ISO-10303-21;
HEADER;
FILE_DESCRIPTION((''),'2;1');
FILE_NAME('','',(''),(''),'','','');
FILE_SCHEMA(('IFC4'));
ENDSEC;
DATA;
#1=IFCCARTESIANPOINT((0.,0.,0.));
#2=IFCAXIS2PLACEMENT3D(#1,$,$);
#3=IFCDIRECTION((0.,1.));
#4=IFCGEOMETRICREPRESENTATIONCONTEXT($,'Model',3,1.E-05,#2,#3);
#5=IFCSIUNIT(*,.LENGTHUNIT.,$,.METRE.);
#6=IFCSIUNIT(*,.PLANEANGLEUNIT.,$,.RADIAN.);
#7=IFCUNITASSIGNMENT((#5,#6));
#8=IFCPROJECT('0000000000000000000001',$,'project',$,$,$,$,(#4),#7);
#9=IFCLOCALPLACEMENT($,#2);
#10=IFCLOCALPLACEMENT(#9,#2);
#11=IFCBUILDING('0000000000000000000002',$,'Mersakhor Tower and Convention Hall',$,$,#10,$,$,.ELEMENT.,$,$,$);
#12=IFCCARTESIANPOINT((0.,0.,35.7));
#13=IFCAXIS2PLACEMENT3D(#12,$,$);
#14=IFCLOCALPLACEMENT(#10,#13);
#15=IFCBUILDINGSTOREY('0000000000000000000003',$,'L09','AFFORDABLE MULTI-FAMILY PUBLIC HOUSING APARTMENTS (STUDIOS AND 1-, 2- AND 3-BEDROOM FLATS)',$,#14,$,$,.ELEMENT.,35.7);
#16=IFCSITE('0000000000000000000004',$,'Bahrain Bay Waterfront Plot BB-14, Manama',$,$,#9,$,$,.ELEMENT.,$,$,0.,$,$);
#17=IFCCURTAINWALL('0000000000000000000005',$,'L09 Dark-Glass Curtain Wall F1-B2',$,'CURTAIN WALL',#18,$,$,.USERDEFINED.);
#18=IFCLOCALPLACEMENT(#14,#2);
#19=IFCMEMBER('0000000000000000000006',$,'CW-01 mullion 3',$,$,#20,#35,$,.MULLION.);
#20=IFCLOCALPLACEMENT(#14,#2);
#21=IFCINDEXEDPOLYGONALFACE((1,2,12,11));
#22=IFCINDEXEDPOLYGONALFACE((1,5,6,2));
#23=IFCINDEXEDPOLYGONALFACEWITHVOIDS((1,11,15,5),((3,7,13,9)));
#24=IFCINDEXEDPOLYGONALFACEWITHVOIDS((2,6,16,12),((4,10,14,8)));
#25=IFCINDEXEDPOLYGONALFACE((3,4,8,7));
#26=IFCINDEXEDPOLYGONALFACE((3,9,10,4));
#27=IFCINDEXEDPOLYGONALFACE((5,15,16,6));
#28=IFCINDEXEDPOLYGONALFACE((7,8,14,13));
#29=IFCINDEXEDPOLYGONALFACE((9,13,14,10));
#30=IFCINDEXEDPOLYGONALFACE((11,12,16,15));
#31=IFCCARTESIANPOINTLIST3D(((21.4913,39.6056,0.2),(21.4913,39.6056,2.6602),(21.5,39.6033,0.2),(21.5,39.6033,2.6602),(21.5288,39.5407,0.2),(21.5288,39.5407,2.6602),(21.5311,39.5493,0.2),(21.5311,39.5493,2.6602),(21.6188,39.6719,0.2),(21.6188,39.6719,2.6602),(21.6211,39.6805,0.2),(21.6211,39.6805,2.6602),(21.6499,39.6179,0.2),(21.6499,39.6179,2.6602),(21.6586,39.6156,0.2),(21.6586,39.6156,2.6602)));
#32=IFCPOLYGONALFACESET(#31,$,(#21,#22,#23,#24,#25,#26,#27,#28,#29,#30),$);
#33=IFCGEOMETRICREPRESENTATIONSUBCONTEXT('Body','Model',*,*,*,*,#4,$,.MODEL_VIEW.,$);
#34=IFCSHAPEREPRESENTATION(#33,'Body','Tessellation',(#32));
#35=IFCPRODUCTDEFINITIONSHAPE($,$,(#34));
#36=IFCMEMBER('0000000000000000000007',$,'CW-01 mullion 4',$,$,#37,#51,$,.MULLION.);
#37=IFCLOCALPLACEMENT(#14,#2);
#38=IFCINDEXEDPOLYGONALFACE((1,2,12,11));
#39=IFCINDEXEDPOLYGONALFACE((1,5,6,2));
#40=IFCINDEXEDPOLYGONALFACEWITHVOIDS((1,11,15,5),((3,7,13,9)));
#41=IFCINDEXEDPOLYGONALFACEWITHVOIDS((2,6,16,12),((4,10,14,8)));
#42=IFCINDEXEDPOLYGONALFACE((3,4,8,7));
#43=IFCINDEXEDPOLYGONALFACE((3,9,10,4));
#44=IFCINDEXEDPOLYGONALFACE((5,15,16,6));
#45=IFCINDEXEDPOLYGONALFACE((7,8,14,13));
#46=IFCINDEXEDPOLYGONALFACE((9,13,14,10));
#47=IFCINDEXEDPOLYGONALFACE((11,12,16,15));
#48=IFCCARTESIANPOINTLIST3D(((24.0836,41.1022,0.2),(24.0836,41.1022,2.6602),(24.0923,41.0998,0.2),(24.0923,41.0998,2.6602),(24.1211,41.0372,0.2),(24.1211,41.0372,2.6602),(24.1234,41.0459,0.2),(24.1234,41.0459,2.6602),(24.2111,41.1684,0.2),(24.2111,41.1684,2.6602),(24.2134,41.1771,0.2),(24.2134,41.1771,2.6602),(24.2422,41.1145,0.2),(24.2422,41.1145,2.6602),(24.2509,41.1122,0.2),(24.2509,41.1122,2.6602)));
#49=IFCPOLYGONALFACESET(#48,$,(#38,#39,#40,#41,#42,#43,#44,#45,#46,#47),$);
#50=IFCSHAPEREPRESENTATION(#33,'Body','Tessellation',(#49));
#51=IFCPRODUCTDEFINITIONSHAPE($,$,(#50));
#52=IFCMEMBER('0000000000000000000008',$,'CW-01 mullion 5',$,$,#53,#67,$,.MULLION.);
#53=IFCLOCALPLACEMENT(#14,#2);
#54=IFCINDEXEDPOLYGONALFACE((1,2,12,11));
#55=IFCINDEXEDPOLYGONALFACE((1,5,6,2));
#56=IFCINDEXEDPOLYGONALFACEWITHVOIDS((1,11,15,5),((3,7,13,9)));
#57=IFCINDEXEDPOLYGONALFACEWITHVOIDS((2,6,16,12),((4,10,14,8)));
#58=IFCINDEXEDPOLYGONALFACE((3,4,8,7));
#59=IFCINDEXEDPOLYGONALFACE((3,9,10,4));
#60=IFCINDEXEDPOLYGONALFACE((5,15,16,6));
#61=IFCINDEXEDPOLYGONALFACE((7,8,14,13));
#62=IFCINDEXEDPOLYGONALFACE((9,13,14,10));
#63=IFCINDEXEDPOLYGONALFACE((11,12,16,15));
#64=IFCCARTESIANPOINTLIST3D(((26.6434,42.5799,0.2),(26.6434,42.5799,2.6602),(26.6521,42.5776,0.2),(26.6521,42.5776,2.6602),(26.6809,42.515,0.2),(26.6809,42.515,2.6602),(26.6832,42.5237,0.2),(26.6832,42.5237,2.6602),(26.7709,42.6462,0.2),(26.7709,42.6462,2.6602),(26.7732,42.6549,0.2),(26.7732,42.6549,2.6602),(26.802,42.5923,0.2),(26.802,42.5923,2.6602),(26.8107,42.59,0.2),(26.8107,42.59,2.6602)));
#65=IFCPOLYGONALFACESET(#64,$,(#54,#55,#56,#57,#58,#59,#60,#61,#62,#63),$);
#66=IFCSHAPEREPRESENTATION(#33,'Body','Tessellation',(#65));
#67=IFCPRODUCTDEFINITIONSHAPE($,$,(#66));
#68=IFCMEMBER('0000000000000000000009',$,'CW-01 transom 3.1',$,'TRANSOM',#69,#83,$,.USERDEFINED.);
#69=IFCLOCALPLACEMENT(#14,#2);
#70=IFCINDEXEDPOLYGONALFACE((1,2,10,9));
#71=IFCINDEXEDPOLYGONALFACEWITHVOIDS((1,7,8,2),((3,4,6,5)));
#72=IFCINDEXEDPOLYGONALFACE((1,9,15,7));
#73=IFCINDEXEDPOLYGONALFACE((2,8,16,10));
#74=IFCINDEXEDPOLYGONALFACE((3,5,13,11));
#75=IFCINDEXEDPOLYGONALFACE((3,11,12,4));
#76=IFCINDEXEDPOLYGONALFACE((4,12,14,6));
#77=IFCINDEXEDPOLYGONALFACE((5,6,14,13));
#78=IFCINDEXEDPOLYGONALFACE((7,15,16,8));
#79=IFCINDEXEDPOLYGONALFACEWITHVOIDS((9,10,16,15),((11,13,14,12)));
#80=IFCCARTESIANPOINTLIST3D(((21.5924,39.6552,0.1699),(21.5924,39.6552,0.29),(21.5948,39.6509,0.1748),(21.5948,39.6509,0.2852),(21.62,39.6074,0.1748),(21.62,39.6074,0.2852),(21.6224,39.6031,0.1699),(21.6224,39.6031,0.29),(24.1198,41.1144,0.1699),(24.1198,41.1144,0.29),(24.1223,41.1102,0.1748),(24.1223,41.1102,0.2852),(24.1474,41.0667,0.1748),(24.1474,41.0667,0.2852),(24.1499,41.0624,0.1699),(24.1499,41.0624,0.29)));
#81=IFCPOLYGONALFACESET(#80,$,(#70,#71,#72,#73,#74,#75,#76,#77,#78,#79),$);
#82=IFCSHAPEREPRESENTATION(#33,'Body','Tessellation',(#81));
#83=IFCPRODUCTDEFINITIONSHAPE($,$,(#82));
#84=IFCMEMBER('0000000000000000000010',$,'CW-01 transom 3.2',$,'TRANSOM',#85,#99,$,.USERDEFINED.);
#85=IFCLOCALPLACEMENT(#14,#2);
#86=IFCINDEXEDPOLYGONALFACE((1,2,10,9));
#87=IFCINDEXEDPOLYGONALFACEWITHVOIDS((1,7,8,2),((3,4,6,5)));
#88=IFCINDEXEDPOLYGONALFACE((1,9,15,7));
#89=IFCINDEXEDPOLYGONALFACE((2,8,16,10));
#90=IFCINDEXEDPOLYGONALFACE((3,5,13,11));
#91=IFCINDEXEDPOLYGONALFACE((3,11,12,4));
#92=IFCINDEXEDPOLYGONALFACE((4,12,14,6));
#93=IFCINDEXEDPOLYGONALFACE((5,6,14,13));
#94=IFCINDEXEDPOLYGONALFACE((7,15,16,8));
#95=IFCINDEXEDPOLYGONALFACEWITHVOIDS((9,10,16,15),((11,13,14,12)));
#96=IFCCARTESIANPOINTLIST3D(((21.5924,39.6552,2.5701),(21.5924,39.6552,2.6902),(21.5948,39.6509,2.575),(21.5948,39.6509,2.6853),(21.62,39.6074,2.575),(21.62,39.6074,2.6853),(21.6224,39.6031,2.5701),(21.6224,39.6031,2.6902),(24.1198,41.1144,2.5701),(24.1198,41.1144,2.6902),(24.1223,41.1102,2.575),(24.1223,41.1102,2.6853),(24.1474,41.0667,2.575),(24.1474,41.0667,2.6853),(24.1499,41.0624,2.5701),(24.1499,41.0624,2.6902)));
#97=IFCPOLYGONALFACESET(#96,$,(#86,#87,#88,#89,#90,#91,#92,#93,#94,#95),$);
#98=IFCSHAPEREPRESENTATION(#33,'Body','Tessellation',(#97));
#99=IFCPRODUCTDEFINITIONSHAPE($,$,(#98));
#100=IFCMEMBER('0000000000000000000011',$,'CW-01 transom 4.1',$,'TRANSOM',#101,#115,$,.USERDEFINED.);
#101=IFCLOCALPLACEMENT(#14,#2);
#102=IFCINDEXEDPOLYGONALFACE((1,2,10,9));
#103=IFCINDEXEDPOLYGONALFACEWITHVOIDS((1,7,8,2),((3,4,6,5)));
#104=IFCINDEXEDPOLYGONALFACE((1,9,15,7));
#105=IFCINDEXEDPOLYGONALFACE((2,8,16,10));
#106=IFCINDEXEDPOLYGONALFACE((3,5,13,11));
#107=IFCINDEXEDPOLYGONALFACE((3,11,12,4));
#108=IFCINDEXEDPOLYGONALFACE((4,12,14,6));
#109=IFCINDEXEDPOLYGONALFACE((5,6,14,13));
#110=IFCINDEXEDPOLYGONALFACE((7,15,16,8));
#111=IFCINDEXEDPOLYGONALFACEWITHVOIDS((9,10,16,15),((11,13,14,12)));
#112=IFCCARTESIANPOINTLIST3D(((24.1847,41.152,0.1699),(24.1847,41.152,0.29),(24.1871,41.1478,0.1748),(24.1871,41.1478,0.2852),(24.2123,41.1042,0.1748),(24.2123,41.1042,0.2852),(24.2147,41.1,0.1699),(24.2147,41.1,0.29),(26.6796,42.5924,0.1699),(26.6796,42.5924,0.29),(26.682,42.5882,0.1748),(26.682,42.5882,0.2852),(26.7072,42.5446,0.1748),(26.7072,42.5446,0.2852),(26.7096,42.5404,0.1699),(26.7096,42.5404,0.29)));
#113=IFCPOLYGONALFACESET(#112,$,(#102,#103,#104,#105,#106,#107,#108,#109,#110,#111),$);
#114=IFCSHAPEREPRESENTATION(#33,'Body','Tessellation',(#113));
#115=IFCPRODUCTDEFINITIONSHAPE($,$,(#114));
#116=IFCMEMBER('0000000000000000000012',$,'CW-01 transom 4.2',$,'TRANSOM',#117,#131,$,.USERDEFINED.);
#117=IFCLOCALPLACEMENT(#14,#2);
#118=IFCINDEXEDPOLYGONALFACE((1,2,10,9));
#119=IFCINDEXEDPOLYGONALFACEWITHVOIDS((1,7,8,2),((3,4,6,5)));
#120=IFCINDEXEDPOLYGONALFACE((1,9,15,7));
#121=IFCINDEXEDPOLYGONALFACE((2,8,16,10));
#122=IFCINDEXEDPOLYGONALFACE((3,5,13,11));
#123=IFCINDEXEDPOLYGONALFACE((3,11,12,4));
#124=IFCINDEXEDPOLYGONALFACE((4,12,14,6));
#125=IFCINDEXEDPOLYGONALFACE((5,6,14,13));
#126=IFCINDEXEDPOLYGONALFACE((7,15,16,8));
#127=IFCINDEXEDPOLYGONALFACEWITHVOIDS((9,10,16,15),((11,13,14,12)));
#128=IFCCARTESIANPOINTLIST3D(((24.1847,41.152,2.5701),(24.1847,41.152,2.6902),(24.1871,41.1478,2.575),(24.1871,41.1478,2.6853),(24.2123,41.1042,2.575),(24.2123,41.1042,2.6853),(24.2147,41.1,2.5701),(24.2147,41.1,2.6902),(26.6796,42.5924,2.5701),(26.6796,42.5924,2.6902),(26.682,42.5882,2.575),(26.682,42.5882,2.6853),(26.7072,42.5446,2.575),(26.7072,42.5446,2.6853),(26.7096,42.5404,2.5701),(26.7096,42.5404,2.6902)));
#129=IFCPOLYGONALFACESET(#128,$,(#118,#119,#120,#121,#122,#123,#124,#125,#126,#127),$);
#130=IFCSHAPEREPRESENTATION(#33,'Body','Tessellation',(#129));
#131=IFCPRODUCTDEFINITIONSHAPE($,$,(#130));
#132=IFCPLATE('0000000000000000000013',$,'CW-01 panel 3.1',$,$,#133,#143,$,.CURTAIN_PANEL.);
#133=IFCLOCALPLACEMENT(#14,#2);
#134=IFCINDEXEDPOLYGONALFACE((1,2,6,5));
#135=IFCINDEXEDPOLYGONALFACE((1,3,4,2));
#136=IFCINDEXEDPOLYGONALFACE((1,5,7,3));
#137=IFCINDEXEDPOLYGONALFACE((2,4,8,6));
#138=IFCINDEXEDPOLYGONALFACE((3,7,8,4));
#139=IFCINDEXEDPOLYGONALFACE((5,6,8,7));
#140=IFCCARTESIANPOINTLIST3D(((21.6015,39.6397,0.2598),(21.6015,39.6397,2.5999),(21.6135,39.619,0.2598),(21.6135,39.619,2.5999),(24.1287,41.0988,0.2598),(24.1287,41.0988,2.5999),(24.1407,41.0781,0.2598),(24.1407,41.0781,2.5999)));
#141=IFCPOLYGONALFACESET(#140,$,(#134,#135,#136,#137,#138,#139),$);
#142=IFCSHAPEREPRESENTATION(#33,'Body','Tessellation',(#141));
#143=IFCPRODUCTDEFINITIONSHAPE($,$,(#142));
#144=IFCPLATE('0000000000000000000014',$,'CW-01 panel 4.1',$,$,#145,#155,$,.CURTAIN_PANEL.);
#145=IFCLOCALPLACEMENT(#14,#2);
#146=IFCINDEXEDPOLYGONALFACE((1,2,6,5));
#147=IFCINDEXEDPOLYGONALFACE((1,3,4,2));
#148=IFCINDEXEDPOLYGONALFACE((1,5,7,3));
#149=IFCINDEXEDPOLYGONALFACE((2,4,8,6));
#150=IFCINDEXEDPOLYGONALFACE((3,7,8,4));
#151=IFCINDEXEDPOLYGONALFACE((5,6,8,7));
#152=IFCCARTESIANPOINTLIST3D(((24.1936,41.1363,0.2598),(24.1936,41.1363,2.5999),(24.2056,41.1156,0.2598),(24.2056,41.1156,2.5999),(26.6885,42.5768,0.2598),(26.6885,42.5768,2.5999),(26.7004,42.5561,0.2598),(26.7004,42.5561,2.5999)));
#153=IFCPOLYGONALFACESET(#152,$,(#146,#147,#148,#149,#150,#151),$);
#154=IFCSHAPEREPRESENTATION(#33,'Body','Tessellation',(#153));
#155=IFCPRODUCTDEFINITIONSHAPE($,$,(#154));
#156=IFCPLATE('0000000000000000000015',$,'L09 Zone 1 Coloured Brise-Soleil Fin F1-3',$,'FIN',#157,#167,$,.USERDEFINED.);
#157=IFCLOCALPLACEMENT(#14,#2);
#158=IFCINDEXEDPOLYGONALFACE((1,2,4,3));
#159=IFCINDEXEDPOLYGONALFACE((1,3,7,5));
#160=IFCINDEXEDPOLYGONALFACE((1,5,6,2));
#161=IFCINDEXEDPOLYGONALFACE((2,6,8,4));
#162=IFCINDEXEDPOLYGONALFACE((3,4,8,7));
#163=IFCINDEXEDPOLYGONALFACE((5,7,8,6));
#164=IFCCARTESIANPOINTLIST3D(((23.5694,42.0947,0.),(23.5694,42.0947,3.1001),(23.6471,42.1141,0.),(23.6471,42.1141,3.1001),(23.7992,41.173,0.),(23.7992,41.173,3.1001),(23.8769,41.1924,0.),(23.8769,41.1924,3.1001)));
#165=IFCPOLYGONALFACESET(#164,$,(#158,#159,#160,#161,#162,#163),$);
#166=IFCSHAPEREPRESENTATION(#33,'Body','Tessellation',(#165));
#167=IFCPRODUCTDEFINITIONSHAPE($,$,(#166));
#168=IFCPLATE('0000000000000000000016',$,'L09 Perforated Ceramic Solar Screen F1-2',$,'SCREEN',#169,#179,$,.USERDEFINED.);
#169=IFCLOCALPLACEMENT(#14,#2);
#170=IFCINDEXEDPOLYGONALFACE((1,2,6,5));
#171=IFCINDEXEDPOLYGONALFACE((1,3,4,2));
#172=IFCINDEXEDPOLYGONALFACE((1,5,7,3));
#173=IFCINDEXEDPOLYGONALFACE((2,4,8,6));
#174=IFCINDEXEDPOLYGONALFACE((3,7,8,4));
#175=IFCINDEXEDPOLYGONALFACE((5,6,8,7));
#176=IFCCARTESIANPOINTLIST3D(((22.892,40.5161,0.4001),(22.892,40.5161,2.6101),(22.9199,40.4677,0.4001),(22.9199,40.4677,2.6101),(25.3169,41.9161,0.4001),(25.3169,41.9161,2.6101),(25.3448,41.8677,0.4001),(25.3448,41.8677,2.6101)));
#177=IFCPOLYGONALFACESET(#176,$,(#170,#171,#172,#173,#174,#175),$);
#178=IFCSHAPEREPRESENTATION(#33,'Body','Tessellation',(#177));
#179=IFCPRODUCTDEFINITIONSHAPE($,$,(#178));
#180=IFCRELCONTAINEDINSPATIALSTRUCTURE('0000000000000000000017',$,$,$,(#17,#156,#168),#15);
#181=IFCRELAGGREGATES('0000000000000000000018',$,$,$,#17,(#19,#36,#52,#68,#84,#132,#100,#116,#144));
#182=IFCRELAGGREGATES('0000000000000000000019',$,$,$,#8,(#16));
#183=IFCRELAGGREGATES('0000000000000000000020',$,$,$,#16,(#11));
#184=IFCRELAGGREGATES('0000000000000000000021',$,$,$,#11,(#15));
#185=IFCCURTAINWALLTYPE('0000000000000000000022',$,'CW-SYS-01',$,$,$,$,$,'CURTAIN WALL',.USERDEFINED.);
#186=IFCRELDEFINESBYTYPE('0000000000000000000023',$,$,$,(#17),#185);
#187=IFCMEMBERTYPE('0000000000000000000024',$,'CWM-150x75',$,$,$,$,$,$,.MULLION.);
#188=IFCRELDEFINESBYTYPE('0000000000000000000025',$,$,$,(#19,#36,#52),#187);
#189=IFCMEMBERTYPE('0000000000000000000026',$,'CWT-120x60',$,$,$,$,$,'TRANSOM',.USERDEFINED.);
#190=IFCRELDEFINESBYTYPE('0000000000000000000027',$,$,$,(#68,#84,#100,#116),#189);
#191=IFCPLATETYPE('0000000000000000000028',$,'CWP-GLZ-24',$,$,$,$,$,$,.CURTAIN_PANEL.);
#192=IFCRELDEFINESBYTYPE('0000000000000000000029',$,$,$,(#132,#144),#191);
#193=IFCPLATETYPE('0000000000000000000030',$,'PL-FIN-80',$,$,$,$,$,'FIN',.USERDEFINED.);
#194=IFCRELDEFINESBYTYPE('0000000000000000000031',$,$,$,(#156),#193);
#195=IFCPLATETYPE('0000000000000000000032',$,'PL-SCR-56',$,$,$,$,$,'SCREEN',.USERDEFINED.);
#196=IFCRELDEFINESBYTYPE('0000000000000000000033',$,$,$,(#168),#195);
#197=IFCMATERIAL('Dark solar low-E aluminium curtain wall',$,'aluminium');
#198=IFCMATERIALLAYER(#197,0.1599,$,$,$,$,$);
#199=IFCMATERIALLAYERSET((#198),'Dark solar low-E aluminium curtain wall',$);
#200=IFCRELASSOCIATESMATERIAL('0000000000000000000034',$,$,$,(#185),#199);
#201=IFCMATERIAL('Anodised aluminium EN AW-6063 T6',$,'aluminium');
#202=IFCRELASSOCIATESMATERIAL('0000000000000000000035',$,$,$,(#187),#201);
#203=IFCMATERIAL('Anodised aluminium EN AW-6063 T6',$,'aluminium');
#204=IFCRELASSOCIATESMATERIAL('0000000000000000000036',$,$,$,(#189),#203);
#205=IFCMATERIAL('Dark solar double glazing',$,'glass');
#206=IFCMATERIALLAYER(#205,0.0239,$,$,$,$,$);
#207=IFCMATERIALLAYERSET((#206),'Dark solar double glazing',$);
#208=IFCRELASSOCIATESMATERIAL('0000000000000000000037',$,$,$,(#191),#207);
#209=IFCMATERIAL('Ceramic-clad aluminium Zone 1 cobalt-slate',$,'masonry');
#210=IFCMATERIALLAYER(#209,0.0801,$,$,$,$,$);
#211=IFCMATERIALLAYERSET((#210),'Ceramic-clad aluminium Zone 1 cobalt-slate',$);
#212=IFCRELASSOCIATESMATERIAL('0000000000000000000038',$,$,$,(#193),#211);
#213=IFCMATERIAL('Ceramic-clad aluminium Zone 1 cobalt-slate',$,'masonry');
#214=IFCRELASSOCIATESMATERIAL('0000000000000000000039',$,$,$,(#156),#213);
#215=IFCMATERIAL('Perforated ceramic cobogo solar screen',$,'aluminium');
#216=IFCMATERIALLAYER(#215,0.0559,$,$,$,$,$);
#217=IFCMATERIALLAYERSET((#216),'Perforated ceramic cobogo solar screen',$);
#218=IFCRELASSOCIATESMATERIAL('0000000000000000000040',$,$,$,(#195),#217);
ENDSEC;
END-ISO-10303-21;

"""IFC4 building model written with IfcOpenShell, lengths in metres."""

from ifc_helpers import new_model, si_unit, direction, frame, origin, origin_2d, place, context, subcontext, project, spatial, rectangle, hollow_rectangle, extrude, material, layer, layer_set, material_profile, profile_set, type_object, element, aggregate, save


model = new_model("IFC4")

# Units and contexts
model_context = context("Model", 3, precision=1e-05, world=origin(), true_north=direction((0.0, 1.0)))
body_context = subcontext(model_context, "Body", "Model", "MODEL_VIEW")
ifc_project = project(units=[si_unit("LENGTHUNIT", "METRE"), si_unit("PLANEANGLEUNIT", "RADIAN")], contexts=[model_context])

# Site, building, storey
site_placement = place(None, origin())
site = spatial("IfcSite", under=ifc_project, at=site_placement, Name="Bahrain Bay Waterfront Plot BB-14, Manama", CompositionType="ELEMENT", RefElevation=0.0)
building_placement = place(site_placement, origin())
building = spatial("IfcBuilding", under=site, at=building_placement, Name="Mersakhor Tower and Convention Hall", CompositionType="ELEMENT")
storey_placement = place(building_placement, frame((0.0, 0.0, 35.7)))
storey = spatial("IfcBuildingStorey", under=building, at=storey_placement, Name="L09", Description="AFFORDABLE MULTI-FAMILY PUBLIC HOUSING APARTMENTS (STUDIOS AND 1-, 2- AND 3-BEDROOM FLATS)", CompositionType="ELEMENT", Elevation=35.7)

# Curtain wall, members, plates
ifc_material_1 = material(Name="Dark solar low-E aluminium curtain wall", Category="aluminium")
ifc_layer_1 = layer(ifc_material_1, 0.1599)
ifc_layer_set_1 = layer_set([ifc_layer_1], Name="Dark solar low-E aluminium curtain wall")
curtain_wall_type = type_object("IfcCurtainWallType", Name="CW-SYS-01", ElementType="CURTAIN WALL", PredefinedType="USERDEFINED", material=ifc_layer_set_1)
curtain_wall_placement = place(storey_placement, origin())
curtain_wall = element("IfcCurtainWall", 1, at=curtain_wall_placement, inside=storey, type_object=curtain_wall_type, Name="L09 Dark-Glass Curtain Wall F1-B2", ObjectType="CURTAIN WALL", PredefinedType="USERDEFINED")
ifc_material_2 = material(Name="Anodised aluminium EN AW-6063 T6", Category="aluminium")
ifc_material_profile_1 = material_profile(ifc_material_2, hollow_rectangle(XDim=0.075, YDim=0.1499, WallThickness=0.0063, at=origin_2d()), Name="RHS 150x75x6.3")
ifc_profile_set_1 = profile_set([ifc_material_profile_1], Name="Anodised aluminium EN AW-6063 T6")
member_type_1 = type_object("IfcMemberType", Name="CWM-150x75", PredefinedType="MULLION", material=ifc_profile_set_1)
member_1_placement = place(storey_placement, frame((21.575, 39.6106, 0.2), z_axis=(0.0, 0.0, 1.0), x_axis=(-0.500003, 0.866023, 0.0)))
member_1 = element("IfcMember", 2, at=member_1_placement, type_object=member_type_1, Name="CW-01 mullion 3", PredefinedType="MULLION", context=body_context, shape_type="SweptSolid", body=[
    extrude(hollow_rectangle(XDim=0.075, YDim=0.1499, WallThickness=0.0063, at=origin_2d()), origin(), (0.0, 0.0, 1.0), 2.4602),
])
member_2_placement = place(storey_placement, frame((24.1672, 41.1072, 0.2), z_axis=(0.0, 0.0, 1.0), x_axis=(-0.500003, 0.866023, 0.0)))
member_2 = element("IfcMember", 3, at=member_2_placement, type_object=member_type_1, Name="CW-01 mullion 4", PredefinedType="MULLION", context=body_context, shape_type="SweptSolid", body=[
    extrude(hollow_rectangle(XDim=0.075, YDim=0.1499, WallThickness=0.0063, at=origin_2d()), origin(), (0.0, 0.0, 1.0), 2.4602),
])
member_3_placement = place(storey_placement, frame((26.7271, 42.585, 0.2), z_axis=(0.0, 0.0, 1.0), x_axis=(-0.500003, 0.866023, 0.0)))
member_3 = element("IfcMember", 4, at=member_3_placement, type_object=member_type_1, Name="CW-01 mullion 5", PredefinedType="MULLION", context=body_context, shape_type="SweptSolid", body=[
    extrude(hollow_rectangle(XDim=0.075, YDim=0.1499, WallThickness=0.0063, at=origin_2d()), origin(), (0.0, 0.0, 1.0), 2.4602),
])
ifc_material_3 = material(Name="Anodised aluminium EN AW-6063 T6", Category="aluminium")
ifc_material_profile_2 = material_profile(ifc_material_3, hollow_rectangle(XDim=0.0601, YDim=0.1201, WallThickness=0.0049, at=origin_2d()), Name="RHS 120x60x5")
ifc_profile_set_2 = profile_set([ifc_material_profile_2], Name="Anodised aluminium EN AW-6063 T6")
member_type_2 = type_object("IfcMemberType", Name="CWT-120x60", ElementType="TRANSOM", PredefinedType="USERDEFINED", material=ifc_profile_set_2)
member_4_placement = place(storey_placement, frame((21.6074, 39.6292, 0.23), z_axis=(0.866016, 0.500017, 0.0), x_axis=(-0.500017, 0.866016, 0.0)))
member_4 = element("IfcMember", 5, at=member_4_placement, type_object=member_type_2, Name="CW-01 transom 3.1", ObjectType="TRANSOM", PredefinedType="USERDEFINED", context=body_context, shape_type="SweptSolid", body=[
    extrude(hollow_rectangle(XDim=0.0601, YDim=0.1201, WallThickness=0.0049, at=origin_2d()), origin(), (0.0, 0.0, 1.0), 2.9185),
])
member_5_placement = place(storey_placement, frame((21.6074, 39.6292, 2.6301), z_axis=(0.866016, 0.500017, 0.0), x_axis=(-0.500017, 0.866016, 0.0)))
member_5 = element("IfcMember", 6, at=member_5_placement, type_object=member_type_2, Name="CW-01 transom 3.2", ObjectType="TRANSOM", PredefinedType="USERDEFINED", context=body_context, shape_type="SweptSolid", body=[
    extrude(hollow_rectangle(XDim=0.0601, YDim=0.1201, WallThickness=0.0049, at=origin_2d()), origin(), (0.0, 0.0, 1.0), 2.9185),
])
member_6_placement = place(storey_placement, frame((24.1997, 41.126, 0.23), z_axis=(0.866023, 0.500004, 0.0), x_axis=(-0.500004, 0.866023, 0.0)))
member_6 = element("IfcMember", 7, at=member_6_placement, type_object=member_type_2, Name="CW-01 transom 4.1", ObjectType="TRANSOM", PredefinedType="USERDEFINED", context=body_context, shape_type="SweptSolid", body=[
    extrude(hollow_rectangle(XDim=0.0601, YDim=0.1201, WallThickness=0.0049, at=origin_2d()), origin(), (0.0, 0.0, 1.0), 2.8809),
])
member_7_placement = place(storey_placement, frame((24.1997, 41.126, 2.6301), z_axis=(0.866023, 0.500004, 0.0), x_axis=(-0.500004, 0.866023, 0.0)))
member_7 = element("IfcMember", 8, at=member_7_placement, type_object=member_type_2, Name="CW-01 transom 4.2", ObjectType="TRANSOM", PredefinedType="USERDEFINED", context=body_context, shape_type="SweptSolid", body=[
    extrude(hollow_rectangle(XDim=0.0601, YDim=0.1201, WallThickness=0.0049, at=origin_2d()), origin(), (0.0, 0.0, 1.0), 2.8809),
])
ifc_material_4 = material(Name="Dark solar double glazing", Category="glass")
ifc_layer_2 = layer(ifc_material_4, 0.0239)
ifc_layer_set_2 = layer_set([ifc_layer_2], Name="Dark solar double glazing")
plate_type_1 = type_object("IfcPlateType", Name="CWP-GLZ-24", PredefinedType="CURTAIN_PANEL", material=ifc_layer_set_2)
plate_1_placement = place(storey_placement, frame((22.8711, 40.3589, 0.2598), z_axis=(0.0, 0.0, 1.0), x_axis=(0.866023, 0.500003, 0.0)))
plate_1 = element("IfcPlate", 9, at=plate_1_placement, type_object=plate_type_1, Name="CW-01 panel 3.1", PredefinedType="CURTAIN_PANEL", context=body_context, shape_type="SweptSolid", body=[
    extrude(rectangle(XDim=2.9182, YDim=0.0239, at=origin_2d()), origin(), (0.0, 0.0, 1.0), 2.3401),
])
plate_2_placement = place(storey_placement, frame((25.447, 41.8462, 0.2598), z_axis=(0.0, 0.0, 1.0), x_axis=(0.866023, 0.500003, 0.0)))
plate_2 = element("IfcPlate", 10, at=plate_2_placement, type_object=plate_type_1, Name="CW-01 panel 4.1", PredefinedType="CURTAIN_PANEL", context=body_context, shape_type="SweptSolid", body=[
    extrude(rectangle(XDim=2.8809, YDim=0.0239, at=origin_2d()), origin(), (0.0, 0.0, 1.0), 2.3401),
])
aggregate(curtain_wall, [member_1, member_2, member_3, member_4, member_5, plate_1, member_6, member_7, plate_2])

# Plates
ifc_material_5 = material(Name="Ceramic-clad aluminium Zone 1 cobalt-slate", Category="masonry")
ifc_material_6 = material(Name="Ceramic-clad aluminium Zone 1 cobalt-slate", Category="masonry")
ifc_layer_3 = layer(ifc_material_6, 0.0801)
ifc_layer_set_3 = layer_set([ifc_layer_3], Name="Ceramic-clad aluminium Zone 1 cobalt-slate")
plate_type_2 = type_object("IfcPlateType", Name="PL-FIN-80", ElementType="FIN", PredefinedType="USERDEFINED", material=ifc_layer_set_3)
plate_3_placement = place(storey_placement, frame((23.7231, 41.6436, 0.0), z_axis=(0.0, 0.0, 1.0), x_axis=(-0.241922, 0.970296, 0.0)))
element("IfcPlate", 11, at=plate_3_placement, inside=storey, type_object=plate_type_2, material=ifc_material_5, Name="L09 Zone 1 Coloured Brise-Soleil Fin F1-3", ObjectType="FIN", PredefinedType="USERDEFINED", context=body_context, shape_type="SweptSolid", body=[
    extrude(rectangle(XDim=0.95, YDim=0.0801, at=origin_2d()), origin(), (0.0, 0.0, 1.0), 3.1001),
])
ifc_material_7 = material(Name="Perforated ceramic cobogo solar screen", Category="aluminium")
ifc_layer_4 = layer(ifc_material_7, 0.0559)
ifc_layer_set_4 = layer_set([ifc_layer_4], Name="Perforated ceramic cobogo solar screen")
plate_type_3 = type_object("IfcPlateType", Name="PL-SCR-56", ElementType="SCREEN", PredefinedType="USERDEFINED", material=ifc_layer_set_4)
plate_4_placement = place(storey_placement, frame((24.1184, 41.1919, 0.4001), z_axis=(0.0, 0.0, 1.0), x_axis=(0.866025, 0.5, 0.0)))
element("IfcPlate", 12, at=plate_4_placement, inside=storey, type_object=plate_type_3, Name="L09 Perforated Ceramic Solar Screen F1-2", ObjectType="SCREEN", PredefinedType="USERDEFINED", context=body_context, shape_type="SweptSolid", body=[
    extrude(rectangle(XDim=2.8, YDim=0.0559, at=origin_2d()), origin(), (0.0, 0.0, 1.0), 2.21),
])

save(model, "model.ifc")
